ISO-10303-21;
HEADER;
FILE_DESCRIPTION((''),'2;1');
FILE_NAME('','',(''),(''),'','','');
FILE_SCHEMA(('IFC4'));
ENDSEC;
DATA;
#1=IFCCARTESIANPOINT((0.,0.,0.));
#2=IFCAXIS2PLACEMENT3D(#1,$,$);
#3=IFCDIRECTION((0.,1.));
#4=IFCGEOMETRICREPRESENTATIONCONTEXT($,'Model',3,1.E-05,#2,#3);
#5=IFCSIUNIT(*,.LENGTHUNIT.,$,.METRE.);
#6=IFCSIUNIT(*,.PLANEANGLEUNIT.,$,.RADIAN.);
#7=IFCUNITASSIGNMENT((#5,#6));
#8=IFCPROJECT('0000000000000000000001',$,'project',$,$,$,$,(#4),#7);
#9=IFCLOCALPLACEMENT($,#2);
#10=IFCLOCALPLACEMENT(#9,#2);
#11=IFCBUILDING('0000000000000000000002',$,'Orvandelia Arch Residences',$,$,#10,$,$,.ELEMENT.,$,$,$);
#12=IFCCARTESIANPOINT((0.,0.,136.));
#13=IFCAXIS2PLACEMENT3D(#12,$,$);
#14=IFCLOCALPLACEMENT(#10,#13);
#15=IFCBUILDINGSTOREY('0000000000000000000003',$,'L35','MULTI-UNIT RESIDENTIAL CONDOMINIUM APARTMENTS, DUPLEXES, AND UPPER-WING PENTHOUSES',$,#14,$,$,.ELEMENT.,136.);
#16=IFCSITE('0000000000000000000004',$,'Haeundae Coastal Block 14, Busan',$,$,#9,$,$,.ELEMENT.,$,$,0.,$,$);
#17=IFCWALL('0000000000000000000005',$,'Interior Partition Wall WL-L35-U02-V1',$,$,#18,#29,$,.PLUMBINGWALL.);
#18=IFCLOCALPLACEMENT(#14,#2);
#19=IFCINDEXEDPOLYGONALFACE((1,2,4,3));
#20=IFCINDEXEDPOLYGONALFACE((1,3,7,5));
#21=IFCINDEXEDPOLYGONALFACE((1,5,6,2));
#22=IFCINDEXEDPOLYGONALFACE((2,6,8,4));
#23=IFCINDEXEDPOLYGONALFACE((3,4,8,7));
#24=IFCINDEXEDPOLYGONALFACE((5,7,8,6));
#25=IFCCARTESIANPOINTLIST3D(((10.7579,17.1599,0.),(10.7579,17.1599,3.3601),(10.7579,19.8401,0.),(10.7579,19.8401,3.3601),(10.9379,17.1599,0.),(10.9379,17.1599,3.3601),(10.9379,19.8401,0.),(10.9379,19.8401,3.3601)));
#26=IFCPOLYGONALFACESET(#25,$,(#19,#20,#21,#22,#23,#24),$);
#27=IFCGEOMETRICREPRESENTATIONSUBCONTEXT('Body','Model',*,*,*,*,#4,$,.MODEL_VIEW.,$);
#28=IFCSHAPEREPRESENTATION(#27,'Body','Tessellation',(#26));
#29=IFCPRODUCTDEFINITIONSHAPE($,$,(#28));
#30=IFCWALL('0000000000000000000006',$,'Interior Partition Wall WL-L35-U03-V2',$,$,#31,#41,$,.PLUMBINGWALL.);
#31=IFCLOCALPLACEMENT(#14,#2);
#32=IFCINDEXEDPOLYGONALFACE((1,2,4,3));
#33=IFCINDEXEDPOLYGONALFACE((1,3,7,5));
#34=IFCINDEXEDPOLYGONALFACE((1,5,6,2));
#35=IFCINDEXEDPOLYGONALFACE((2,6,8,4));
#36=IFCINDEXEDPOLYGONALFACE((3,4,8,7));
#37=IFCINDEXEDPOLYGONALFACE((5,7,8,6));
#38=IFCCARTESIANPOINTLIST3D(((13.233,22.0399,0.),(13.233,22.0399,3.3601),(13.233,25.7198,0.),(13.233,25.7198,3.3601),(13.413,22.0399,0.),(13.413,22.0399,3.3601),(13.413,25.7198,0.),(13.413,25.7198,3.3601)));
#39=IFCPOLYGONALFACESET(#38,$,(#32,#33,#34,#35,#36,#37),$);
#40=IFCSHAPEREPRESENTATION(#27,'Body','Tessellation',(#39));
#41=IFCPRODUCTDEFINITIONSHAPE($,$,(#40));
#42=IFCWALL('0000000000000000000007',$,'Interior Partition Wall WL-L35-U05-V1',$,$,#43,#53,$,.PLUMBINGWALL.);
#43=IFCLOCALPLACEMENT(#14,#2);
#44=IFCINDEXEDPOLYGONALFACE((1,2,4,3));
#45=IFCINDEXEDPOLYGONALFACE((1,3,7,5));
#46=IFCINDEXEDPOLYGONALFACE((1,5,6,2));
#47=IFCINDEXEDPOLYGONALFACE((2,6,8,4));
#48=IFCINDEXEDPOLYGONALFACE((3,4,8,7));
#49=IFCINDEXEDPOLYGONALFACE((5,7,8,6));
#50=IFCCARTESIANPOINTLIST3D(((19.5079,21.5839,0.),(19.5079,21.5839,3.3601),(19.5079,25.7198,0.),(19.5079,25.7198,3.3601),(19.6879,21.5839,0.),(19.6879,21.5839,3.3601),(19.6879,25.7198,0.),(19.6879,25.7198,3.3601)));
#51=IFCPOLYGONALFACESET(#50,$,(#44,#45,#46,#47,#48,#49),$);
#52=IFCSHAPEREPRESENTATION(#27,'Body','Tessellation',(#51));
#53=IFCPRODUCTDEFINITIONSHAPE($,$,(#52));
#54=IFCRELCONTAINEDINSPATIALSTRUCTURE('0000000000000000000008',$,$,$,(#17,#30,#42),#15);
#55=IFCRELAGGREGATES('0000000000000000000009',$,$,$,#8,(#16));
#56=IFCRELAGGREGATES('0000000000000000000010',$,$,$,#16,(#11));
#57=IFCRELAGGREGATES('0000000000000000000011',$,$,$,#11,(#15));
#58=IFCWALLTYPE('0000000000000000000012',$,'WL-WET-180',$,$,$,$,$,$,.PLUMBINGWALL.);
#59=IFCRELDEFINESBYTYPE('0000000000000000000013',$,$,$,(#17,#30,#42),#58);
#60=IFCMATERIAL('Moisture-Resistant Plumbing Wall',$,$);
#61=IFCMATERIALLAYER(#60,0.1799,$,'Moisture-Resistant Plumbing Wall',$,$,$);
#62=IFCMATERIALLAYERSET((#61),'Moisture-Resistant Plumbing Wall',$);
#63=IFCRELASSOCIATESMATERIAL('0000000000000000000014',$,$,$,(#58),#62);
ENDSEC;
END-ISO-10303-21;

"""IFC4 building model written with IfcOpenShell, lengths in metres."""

from ifc_helpers import new_model, si_unit, direction, frame, frame_2d, origin, place, context, subcontext, project, spatial, rectangle, extrude, material, layer, layer_set, type_object, element, save


model = new_model("IFC4")

# Units and contexts
model_context = context("Model", 3, precision=1e-05, world=origin(), true_north=direction((0.0, 1.0)))
body_context = subcontext(model_context, "Body", "Model", "MODEL_VIEW")
ifc_project = project(units=[si_unit("LENGTHUNIT", "METRE"), si_unit("PLANEANGLEUNIT", "RADIAN")], contexts=[model_context])

# Site, building, storey
site_placement = place(None, origin())
site = spatial("IfcSite", under=ifc_project, at=site_placement, Name="Haeundae Coastal Block 14, Busan", CompositionType="ELEMENT", RefElevation=0.0)
building_placement = place(site_placement, origin())
building = spatial("IfcBuilding", under=site, at=building_placement, Name="Orvandelia Arch Residences", CompositionType="ELEMENT")
storey_placement = place(building_placement, frame((0.0, 0.0, 136.0)))
storey = spatial("IfcBuildingStorey", under=building, at=storey_placement, Name="L35", Description="MULTI-UNIT RESIDENTIAL CONDOMINIUM APARTMENTS, DUPLEXES, AND UPPER-WING PENTHOUSES", CompositionType="ELEMENT", Elevation=136.0)

# Walls
ifc_material_1 = material(Name="Moisture-Resistant Plumbing Wall")
ifc_layer_1 = layer(ifc_material_1, 0.1799, Name="Moisture-Resistant Plumbing Wall")
ifc_layer_set_1 = layer_set([ifc_layer_1], Name="Moisture-Resistant Plumbing Wall")
wall_type_1 = type_object("IfcWallType", Name="WL-WET-180", PredefinedType="PLUMBINGWALL", material=ifc_layer_set_1)
wall_1_placement = place(storey_placement, frame((10.8479, 17.1599, 0.0), z_axis=(0.0, 0.0, 1.0), x_axis=(0.0, 1.0, 0.0)))
element("IfcWall", 1, at=wall_1_placement, inside=storey, type_object=wall_type_1, Name="Interior Partition Wall WL-L35-U02-V1", PredefinedType="PLUMBINGWALL", context=body_context, shape_type="SweptSolid", body=[
    extrude(rectangle(XDim=2.6802, YDim=0.1799, at=frame_2d((1.3401, 0.0))), origin(), (0.0, 0.0, 1.0), 3.3601),
])
wall_2_placement = place(storey_placement, frame((13.323, 22.04, 0.0), z_axis=(0.0, 0.0, 1.0), x_axis=(0.0, 1.0, 0.0)))
element("IfcWall", 2, at=wall_2_placement, inside=storey, type_object=wall_type_1, Name="Interior Partition Wall WL-L35-U03-V2", PredefinedType="PLUMBINGWALL", context=body_context, shape_type="SweptSolid", body=[
    extrude(rectangle(XDim=3.6799, YDim=0.1799, at=frame_2d((1.8398, 0.0))), origin(), (0.0, 0.0, 1.0), 3.3601),
])

# Wall
wall_3_placement = place(storey_placement, frame((19.5979, 21.584, 0.0), z_axis=(0.0, 0.0, 1.0), x_axis=(0.0, 1.0, 0.0)))
element("IfcWall", 3, at=wall_3_placement, inside=storey, type_object=wall_type_1, Name="Interior Partition Wall WL-L35-U05-V1", PredefinedType="PLUMBINGWALL", context=body_context, shape_type="SweptSolid", body=[
    extrude(rectangle(XDim=4.136, YDim=0.1799, at=frame_2d((2.0679, 0.0))), origin(), (0.0, 0.0, 1.0), 3.3601),
])

save(model, "model.ifc")
